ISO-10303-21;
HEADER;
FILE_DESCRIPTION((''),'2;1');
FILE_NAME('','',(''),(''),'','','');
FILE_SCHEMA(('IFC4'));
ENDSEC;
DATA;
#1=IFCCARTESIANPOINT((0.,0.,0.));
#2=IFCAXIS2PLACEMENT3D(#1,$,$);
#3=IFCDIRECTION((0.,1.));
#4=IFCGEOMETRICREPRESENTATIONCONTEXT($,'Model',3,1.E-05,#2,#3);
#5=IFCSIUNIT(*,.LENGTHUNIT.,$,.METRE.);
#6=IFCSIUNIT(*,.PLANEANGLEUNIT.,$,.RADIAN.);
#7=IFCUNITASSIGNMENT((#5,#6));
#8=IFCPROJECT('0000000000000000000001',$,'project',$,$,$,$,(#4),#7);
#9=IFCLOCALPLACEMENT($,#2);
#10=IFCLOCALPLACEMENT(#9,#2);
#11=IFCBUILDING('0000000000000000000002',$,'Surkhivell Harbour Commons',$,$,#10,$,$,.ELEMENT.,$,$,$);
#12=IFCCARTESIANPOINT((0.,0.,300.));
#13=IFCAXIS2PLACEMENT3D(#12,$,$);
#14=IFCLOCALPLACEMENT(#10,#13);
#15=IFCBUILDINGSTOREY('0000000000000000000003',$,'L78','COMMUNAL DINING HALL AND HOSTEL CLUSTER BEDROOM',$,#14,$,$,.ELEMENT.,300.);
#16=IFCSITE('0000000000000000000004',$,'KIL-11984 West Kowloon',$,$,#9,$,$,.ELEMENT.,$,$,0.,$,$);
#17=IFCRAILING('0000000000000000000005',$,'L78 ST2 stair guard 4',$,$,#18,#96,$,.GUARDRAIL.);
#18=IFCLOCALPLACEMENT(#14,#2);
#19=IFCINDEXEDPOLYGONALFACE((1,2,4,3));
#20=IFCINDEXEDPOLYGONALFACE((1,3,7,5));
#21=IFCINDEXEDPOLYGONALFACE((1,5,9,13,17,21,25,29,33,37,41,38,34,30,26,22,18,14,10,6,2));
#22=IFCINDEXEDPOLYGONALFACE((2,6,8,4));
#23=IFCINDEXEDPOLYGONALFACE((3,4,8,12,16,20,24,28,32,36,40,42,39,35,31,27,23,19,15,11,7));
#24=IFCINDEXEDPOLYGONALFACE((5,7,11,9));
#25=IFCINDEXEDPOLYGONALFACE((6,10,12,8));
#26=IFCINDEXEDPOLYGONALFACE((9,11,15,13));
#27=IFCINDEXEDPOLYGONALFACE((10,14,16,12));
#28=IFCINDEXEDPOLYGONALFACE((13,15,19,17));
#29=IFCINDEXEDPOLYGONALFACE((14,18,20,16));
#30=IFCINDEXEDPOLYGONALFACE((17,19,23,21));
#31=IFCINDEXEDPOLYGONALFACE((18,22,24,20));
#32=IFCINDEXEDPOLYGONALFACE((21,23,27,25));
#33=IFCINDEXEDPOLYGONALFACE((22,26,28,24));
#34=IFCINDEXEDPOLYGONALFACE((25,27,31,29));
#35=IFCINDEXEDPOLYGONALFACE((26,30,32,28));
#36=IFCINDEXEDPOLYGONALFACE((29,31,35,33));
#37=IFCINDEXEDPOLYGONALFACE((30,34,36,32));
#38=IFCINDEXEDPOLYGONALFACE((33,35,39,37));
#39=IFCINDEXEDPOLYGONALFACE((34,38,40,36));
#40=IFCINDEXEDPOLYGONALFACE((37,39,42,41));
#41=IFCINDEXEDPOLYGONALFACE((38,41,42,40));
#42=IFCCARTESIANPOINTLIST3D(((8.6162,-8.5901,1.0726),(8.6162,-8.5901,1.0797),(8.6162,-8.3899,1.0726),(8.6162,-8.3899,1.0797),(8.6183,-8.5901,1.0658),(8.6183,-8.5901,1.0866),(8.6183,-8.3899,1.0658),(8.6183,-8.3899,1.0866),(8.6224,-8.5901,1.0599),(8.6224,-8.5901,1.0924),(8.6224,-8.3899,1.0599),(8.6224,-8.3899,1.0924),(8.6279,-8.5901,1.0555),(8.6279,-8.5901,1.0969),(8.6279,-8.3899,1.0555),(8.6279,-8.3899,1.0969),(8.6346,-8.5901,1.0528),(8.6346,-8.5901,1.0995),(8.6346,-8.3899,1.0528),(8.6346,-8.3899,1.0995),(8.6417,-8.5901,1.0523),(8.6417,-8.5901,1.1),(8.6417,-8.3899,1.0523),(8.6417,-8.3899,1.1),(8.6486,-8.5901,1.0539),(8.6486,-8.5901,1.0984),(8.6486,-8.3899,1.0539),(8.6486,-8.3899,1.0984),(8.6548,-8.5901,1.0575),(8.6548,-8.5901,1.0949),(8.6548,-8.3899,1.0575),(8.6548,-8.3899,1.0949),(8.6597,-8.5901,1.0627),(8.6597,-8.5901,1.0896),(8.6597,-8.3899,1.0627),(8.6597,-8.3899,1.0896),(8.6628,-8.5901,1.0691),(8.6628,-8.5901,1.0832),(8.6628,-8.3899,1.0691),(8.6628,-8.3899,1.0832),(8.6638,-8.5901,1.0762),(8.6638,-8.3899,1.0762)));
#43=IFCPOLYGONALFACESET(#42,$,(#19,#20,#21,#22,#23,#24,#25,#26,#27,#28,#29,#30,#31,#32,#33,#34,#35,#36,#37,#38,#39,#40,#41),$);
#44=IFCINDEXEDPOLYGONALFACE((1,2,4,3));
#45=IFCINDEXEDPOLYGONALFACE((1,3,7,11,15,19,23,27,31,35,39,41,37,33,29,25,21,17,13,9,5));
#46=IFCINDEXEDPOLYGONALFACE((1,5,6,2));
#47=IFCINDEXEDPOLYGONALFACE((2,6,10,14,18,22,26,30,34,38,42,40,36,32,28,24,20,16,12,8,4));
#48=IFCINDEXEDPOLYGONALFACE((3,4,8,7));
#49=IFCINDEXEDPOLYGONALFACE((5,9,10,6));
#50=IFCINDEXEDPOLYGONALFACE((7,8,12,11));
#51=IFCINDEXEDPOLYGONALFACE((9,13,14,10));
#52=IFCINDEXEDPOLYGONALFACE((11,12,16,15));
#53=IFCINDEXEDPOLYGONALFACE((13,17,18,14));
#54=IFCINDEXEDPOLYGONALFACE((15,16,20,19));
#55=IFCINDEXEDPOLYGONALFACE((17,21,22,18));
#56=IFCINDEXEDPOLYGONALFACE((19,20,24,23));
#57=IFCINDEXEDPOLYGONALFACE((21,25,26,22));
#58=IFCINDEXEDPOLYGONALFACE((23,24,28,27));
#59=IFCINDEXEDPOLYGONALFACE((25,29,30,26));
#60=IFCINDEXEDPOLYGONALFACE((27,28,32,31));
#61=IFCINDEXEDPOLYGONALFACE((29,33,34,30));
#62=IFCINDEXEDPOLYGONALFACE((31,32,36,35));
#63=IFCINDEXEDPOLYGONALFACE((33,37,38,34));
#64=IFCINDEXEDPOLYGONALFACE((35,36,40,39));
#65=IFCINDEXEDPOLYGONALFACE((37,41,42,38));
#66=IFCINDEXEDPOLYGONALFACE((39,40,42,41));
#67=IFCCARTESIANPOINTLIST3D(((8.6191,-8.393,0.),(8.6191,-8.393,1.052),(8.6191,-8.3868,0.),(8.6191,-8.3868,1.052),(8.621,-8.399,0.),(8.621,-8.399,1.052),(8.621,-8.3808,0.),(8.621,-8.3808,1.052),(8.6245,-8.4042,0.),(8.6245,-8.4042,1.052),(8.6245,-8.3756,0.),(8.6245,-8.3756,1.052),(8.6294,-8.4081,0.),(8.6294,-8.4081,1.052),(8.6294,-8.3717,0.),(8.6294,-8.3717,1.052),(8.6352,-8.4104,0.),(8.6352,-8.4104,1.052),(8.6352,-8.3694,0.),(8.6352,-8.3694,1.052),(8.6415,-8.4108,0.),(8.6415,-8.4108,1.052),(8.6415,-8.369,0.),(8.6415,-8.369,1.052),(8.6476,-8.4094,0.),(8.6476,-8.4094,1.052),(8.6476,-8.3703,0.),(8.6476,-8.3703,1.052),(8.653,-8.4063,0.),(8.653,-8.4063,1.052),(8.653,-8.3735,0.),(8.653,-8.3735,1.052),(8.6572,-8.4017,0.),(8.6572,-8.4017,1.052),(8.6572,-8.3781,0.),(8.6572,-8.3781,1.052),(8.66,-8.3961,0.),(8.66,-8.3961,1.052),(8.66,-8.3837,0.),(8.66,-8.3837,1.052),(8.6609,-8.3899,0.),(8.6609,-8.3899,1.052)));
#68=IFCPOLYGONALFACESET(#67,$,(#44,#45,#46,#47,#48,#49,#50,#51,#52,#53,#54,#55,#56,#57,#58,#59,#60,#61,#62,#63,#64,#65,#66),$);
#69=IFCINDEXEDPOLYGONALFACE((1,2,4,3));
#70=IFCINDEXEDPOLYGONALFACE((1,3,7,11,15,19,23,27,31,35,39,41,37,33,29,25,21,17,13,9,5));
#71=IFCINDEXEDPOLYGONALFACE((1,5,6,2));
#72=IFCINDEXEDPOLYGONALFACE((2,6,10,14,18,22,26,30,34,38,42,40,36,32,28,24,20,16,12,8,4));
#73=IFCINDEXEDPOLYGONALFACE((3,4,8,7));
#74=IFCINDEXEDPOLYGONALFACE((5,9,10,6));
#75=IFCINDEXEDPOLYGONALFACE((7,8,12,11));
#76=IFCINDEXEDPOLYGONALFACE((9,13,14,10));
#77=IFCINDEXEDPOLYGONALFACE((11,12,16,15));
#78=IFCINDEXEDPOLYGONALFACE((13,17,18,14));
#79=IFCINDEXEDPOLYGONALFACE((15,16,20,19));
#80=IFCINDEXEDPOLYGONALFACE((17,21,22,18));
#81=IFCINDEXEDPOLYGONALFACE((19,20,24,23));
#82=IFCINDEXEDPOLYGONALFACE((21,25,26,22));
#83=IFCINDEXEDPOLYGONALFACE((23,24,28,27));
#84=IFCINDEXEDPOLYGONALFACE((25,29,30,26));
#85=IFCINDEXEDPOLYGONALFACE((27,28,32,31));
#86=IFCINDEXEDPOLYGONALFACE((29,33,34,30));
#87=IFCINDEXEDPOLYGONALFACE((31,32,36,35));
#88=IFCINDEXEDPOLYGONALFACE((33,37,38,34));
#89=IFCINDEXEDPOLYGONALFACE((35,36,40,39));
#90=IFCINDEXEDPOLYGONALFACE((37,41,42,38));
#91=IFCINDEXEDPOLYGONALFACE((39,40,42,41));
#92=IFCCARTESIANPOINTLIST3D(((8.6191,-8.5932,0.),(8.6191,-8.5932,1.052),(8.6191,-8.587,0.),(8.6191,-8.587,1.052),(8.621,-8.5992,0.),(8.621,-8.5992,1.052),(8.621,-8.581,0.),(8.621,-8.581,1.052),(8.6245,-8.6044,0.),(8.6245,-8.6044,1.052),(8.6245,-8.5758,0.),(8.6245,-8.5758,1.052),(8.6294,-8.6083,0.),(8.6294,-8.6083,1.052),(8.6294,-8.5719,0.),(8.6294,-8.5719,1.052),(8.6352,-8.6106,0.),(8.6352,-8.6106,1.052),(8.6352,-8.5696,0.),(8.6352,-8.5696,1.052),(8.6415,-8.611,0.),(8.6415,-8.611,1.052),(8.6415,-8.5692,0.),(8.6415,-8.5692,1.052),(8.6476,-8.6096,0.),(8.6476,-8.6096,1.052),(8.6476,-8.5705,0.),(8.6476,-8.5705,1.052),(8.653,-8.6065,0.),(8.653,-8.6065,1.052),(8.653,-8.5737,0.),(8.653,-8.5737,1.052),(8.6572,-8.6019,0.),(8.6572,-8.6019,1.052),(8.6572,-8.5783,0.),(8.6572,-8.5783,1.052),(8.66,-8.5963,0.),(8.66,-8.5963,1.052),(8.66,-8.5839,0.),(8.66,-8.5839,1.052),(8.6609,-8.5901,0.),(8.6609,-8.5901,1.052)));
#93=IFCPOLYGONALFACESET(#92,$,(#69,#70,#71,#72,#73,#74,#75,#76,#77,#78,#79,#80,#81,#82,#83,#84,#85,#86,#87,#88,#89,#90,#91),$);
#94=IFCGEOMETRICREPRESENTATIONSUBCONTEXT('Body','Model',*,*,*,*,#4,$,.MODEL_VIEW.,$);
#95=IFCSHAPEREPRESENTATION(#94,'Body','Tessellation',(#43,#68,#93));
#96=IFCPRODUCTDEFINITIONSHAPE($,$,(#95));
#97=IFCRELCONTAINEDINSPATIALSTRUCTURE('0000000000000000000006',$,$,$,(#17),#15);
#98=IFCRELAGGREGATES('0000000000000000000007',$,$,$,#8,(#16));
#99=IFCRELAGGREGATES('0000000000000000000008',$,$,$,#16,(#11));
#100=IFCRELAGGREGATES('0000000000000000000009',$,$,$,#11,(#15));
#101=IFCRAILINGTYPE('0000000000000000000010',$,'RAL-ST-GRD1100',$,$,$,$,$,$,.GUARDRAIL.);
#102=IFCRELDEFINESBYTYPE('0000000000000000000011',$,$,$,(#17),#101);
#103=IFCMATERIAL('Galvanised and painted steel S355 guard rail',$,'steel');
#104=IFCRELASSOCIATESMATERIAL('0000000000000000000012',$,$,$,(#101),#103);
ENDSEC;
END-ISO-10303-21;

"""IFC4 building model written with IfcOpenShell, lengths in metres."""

from ifc_helpers import new_model, si_unit, direction, frame, origin, origin_2d, place, context, subcontext, project, spatial, circle, extrude, material, type_object, element, save


model = new_model("IFC4")

# Units and contexts
model_context = context("Model", 3, precision=1e-05, world=origin(), true_north=direction((0.0, 1.0)))
body_context = subcontext(model_context, "Body", "Model", "MODEL_VIEW")
ifc_project = project(units=[si_unit("LENGTHUNIT", "METRE"), si_unit("PLANEANGLEUNIT", "RADIAN")], contexts=[model_context])

# Site, building, storey
site_placement = place(None, origin())
site = spatial("IfcSite", under=ifc_project, at=site_placement, Name="KIL-11984 West Kowloon", CompositionType="ELEMENT", RefElevation=0.0)
building_placement = place(site_placement, origin())
building = spatial("IfcBuilding", under=site, at=building_placement, Name="Surkhivell Harbour Commons", CompositionType="ELEMENT")
storey_placement = place(building_placement, frame((0.0, 0.0, 300.0)))
storey = spatial("IfcBuildingStorey", under=building, at=storey_placement, Name="L78", Description="COMMUNAL DINING HALL AND HOSTEL CLUSTER BEDROOM", CompositionType="ELEMENT", Elevation=300.0)

# Railing
ifc_material_1 = material(Name="Galvanised and painted steel S355 guard rail", Category="steel")
railing_type_1 = type_object("IfcRailingType", Name="RAL-ST-GRD1100", PredefinedType="GUARDRAIL", material=ifc_material_1)
railing_1_placement = place(storey_placement, frame((8.6399, -8.3899, 0.0)))
element("IfcRailing", 1, at=railing_1_placement, inside=storey, type_object=railing_type_1, Name="L78 ST2 stair guard 4", PredefinedType="GUARDRAIL", context=body_context, shape_type="SweptSolid", body=[
    extrude(circle(Radius=0.0239, at=origin_2d()), frame((0.0, 0.0, 1.0762), z_axis=(0.0, -1.0, 0.0), x_axis=(1.0, 0.0, 0.0)), (0.0, 0.0, 1.0), 0.2002),
    extrude(circle(Radius=0.021, at=origin_2d()), origin(), (0.0, 0.0, 1.0), 1.052),
    extrude(circle(Radius=0.021, at=origin_2d()), frame((0.0, -0.2002, 0.0)), (0.0, 0.0, 1.0), 1.052),
])

save(model, "model.ifc")
